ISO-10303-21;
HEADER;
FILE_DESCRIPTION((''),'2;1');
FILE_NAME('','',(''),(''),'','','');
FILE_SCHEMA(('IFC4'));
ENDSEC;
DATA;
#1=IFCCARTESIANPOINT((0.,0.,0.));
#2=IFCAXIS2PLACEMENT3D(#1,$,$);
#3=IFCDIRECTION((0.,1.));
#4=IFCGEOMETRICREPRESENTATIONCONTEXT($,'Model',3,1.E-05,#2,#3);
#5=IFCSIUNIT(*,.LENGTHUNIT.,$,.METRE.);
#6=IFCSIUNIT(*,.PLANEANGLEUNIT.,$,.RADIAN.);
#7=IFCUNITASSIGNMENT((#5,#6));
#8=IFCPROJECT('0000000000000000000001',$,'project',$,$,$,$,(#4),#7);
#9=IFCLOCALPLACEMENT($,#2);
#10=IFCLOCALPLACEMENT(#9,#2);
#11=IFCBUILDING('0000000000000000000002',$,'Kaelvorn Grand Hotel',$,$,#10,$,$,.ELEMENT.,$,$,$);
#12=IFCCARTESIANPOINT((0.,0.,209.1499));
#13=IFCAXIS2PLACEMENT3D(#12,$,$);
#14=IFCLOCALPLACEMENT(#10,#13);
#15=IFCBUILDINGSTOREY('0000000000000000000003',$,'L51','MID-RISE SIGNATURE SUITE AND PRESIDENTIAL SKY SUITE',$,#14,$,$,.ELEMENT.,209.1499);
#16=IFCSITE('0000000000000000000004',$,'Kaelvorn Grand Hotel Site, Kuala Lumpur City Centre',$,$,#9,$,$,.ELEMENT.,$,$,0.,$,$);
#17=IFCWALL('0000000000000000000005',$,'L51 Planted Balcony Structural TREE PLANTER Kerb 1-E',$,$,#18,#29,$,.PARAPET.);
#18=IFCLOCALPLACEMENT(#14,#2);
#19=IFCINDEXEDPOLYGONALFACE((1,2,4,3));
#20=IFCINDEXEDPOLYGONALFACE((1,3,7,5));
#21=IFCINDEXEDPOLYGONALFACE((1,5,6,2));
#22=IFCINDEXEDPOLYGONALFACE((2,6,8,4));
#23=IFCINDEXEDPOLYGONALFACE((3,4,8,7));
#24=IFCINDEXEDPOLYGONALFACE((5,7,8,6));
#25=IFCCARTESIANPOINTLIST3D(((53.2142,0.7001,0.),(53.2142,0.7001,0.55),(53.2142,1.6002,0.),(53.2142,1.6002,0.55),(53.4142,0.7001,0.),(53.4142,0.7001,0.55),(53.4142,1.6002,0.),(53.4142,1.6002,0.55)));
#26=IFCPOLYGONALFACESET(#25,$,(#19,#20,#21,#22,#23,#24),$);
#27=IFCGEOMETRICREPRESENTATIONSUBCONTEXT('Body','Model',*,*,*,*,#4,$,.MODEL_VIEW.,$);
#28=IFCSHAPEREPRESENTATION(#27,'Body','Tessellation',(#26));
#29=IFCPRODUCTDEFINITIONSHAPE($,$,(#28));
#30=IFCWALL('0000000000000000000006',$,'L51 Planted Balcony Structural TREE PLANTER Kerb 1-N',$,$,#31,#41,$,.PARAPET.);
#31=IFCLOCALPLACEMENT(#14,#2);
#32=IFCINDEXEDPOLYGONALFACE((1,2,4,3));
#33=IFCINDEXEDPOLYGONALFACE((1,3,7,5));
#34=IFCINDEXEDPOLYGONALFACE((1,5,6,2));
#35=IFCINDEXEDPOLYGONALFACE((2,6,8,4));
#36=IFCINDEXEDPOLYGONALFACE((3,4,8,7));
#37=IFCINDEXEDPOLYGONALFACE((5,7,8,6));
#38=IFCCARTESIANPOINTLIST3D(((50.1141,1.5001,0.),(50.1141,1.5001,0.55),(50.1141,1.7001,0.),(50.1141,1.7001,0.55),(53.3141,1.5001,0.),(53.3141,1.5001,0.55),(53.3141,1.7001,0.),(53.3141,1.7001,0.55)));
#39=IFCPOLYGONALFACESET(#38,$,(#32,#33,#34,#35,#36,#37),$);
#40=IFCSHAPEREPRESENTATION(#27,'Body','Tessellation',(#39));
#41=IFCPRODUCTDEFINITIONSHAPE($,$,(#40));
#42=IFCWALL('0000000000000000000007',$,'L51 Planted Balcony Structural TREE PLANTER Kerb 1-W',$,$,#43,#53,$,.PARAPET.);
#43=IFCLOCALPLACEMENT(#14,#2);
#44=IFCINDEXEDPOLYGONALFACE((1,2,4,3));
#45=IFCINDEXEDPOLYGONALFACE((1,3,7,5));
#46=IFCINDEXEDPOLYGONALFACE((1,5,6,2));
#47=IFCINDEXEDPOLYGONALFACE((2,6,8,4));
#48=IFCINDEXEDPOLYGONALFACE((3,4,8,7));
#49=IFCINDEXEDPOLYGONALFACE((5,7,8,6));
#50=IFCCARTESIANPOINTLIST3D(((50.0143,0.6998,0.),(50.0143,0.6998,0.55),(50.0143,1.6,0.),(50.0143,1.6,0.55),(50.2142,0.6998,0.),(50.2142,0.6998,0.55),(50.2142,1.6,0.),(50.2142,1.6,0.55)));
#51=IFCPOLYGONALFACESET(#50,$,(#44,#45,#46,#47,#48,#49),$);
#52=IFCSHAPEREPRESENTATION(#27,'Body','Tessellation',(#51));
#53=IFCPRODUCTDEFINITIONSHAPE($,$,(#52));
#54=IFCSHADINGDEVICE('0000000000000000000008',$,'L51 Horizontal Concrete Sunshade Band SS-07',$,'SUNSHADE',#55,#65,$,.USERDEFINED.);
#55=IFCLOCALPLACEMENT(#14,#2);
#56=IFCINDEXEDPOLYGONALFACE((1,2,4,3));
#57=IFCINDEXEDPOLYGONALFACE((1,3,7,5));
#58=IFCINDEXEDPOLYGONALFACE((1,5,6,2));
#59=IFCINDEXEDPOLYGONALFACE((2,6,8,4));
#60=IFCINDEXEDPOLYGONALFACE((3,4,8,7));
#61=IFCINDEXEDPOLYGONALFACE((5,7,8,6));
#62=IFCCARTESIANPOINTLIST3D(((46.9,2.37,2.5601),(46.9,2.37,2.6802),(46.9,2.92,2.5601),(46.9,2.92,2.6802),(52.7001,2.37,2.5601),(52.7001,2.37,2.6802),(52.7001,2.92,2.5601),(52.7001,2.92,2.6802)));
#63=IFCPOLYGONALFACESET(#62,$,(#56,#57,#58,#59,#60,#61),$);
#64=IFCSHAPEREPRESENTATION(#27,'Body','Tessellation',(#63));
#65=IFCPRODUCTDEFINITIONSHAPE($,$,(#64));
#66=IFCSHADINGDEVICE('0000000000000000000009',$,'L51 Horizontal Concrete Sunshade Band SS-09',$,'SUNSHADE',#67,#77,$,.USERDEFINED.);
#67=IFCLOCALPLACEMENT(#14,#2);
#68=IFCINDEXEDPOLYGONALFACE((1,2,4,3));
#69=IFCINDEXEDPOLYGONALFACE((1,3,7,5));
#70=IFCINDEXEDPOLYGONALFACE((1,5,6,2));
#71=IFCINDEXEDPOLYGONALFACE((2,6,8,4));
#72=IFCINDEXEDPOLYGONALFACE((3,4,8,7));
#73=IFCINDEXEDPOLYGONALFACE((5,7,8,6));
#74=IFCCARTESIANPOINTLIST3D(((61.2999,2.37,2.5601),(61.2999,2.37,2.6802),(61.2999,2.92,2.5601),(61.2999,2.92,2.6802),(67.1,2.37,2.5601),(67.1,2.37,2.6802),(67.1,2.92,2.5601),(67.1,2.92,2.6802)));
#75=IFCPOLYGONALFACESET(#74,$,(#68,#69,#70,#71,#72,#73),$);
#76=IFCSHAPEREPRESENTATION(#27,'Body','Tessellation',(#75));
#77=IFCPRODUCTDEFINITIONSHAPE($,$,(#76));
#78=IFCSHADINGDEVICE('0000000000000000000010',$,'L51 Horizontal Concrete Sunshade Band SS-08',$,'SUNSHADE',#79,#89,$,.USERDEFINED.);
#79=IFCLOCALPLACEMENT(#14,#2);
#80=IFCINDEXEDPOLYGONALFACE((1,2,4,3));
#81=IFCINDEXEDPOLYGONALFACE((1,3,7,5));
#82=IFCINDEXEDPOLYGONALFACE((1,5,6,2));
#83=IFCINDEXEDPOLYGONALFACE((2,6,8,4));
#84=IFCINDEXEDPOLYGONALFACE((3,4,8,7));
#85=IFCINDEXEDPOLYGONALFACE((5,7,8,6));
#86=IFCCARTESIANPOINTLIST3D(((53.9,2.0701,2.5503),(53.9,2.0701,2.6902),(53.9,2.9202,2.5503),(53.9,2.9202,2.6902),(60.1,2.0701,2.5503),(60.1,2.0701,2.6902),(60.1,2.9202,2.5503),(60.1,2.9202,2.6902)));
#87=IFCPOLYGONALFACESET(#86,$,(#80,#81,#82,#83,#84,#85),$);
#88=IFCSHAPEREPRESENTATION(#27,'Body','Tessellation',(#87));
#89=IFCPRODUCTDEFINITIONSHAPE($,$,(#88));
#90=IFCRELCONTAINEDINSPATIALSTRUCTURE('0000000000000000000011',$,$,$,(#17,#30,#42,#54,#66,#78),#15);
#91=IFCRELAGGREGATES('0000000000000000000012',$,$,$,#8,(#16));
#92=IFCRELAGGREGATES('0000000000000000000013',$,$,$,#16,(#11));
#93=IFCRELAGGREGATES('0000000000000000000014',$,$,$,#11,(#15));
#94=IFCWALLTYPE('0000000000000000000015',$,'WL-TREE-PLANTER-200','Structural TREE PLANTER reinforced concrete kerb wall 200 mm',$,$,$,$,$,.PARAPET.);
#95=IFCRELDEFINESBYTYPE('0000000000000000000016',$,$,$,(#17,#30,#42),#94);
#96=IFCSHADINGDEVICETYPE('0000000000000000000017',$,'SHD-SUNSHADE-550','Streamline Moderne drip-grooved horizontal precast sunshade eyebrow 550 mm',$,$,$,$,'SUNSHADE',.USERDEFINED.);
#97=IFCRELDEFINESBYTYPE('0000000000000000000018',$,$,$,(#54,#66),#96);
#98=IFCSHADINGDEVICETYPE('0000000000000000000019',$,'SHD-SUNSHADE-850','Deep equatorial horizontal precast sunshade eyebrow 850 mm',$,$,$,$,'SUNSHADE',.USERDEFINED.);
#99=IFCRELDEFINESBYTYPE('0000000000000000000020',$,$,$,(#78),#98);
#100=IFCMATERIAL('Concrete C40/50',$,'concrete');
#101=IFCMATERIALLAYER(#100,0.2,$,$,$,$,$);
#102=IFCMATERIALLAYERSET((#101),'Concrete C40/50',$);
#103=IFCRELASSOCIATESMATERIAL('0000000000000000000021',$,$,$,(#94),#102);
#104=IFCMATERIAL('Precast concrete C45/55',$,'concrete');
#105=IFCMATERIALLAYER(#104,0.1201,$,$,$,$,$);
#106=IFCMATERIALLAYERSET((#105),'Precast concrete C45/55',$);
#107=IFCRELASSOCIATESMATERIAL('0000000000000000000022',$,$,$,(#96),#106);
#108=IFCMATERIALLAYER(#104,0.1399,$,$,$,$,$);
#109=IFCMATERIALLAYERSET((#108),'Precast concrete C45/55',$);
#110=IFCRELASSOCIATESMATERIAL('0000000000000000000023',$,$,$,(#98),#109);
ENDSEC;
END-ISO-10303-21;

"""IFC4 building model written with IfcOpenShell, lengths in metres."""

from ifc_helpers import new_model, si_unit, direction, frame, frame_2d, origin, origin_2d, place, context, subcontext, project, spatial, rectangle, extrude, material, layer, layer_set, type_object, element, save


model = new_model("IFC4")

# Units and contexts
model_context = context("Model", 3, precision=1e-05, world=origin(), true_north=direction((0.0, 1.0)))
body_context = subcontext(model_context, "Body", "Model", "MODEL_VIEW")
ifc_project = project(units=[si_unit("LENGTHUNIT", "METRE"), si_unit("PLANEANGLEUNIT", "RADIAN")], contexts=[model_context])

# Site, building, storey
site_placement = place(None, origin())
site = spatial("IfcSite", under=ifc_project, at=site_placement, Name="Kaelvorn Grand Hotel Site, Kuala Lumpur City Centre", CompositionType="ELEMENT", RefElevation=0.0)
building_placement = place(site_placement, origin())
building = spatial("IfcBuilding", under=site, at=building_placement, Name="Kaelvorn Grand Hotel", CompositionType="ELEMENT")
storey_placement = place(building_placement, frame((0.0, 0.0, 209.1499)))
storey = spatial("IfcBuildingStorey", under=building, at=storey_placement, Name="L51", Description="MID-RISE SIGNATURE SUITE AND PRESIDENTIAL SKY SUITE", CompositionType="ELEMENT", Elevation=209.1499)

# Shared definitions
ifc_material_1 = material(Name="Concrete C40/50", Category="concrete")

# Walls
ifc_layer_1 = layer(ifc_material_1, 0.2)
ifc_layer_set_1 = layer_set([ifc_layer_1], Name="Concrete C40/50")
wall_type_1 = type_object("IfcWallType", Name="WL-TREE-PLANTER-200", Description="Structural TREE PLANTER reinforced concrete kerb wall 200 mm", PredefinedType="PARAPET", material=ifc_layer_set_1)
wall_1_placement = place(storey_placement, frame((53.3142, 0.7, 0.0), z_axis=(0.0, 0.0, 1.0), x_axis=(0.0, 1.0, 0.0)))
element("IfcWall", 1, at=wall_1_placement, inside=storey, type_object=wall_type_1, Name="L51 Planted Balcony Structural TREE PLANTER Kerb 1-E", PredefinedType="PARAPET", context=body_context, shape_type="SweptSolid", body=[
    extrude(rectangle(XDim=0.9001, YDim=0.2, at=frame_2d((0.4502, 0.0))), origin(), (0.0, 0.0, 1.0), 0.55),
])
wall_2_placement = place(storey_placement, frame((53.3142, 1.6001, 0.0), z_axis=(0.0, 0.0, 1.0), x_axis=(-1.0, 0.0, 0.0)))
element("IfcWall", 2, at=wall_2_placement, inside=storey, type_object=wall_type_1, Name="L51 Planted Balcony Structural TREE PLANTER Kerb 1-N", PredefinedType="PARAPET", context=body_context, shape_type="SweptSolid", body=[
    extrude(rectangle(XDim=3.2, YDim=0.2, at=frame_2d((1.6001, 0.0))), origin(), (0.0, 0.0, 1.0), 0.55),
])
wall_3_placement = place(storey_placement, frame((50.1143, 1.6001, 0.0), z_axis=(0.0, 0.0, 1.0), x_axis=(0.0, -1.0, 0.0)))
element("IfcWall", 3, at=wall_3_placement, inside=storey, type_object=wall_type_1, Name="L51 Planted Balcony Structural TREE PLANTER Kerb 1-W", PredefinedType="PARAPET", context=body_context, shape_type="SweptSolid", body=[
    extrude(rectangle(XDim=0.9001, YDim=0.2, at=frame_2d((0.4502, 0.0))), origin(), (0.0, 0.0, 1.0), 0.55),
])

# Shading devices
ifc_material_2 = material(Name="Precast concrete C45/55", Category="concrete")
ifc_layer_2 = layer(ifc_material_2, 0.1201)
ifc_layer_set_2 = layer_set([ifc_layer_2], Name="Precast concrete C45/55")
shading_device_type_1 = type_object("IfcShadingDeviceType", Name="SHD-SUNSHADE-550", Description="Streamline Moderne drip-grooved horizontal precast sunshade eyebrow 550 mm", ElementType="SUNSHADE", PredefinedType="USERDEFINED", material=ifc_layer_set_2)
for number, where, z_axis, x_axis, name in (
    (4, (49.8, 2.645, 2.5601), (0.0, 0.0, 1.0), (1.0, 0.0, 0.0), "L51 Horizontal Concrete Sunshade Band SS-07"),
    (5, (64.2, 2.645, 2.5601), (0.0, 0.0, 1.0), (1.0, 0.0, 0.0), "L51 Horizontal Concrete Sunshade Band SS-09"),
):
    element("IfcShadingDevice", number, at=place(storey_placement, frame(where, z_axis=z_axis, x_axis=x_axis)), inside=storey, type_object=shading_device_type_1, Name=name, ObjectType="SUNSHADE", PredefinedType="USERDEFINED", context=body_context, shape_type="SweptSolid", body=[
        extrude(rectangle(XDim=5.8, YDim=0.55, at=origin_2d()), origin(), (0.0, 0.0, 1.0), 0.1201),
    ])
ifc_layer_3 = layer(ifc_material_2, 0.1399)
ifc_layer_set_3 = layer_set([ifc_layer_3], Name="Precast concrete C45/55")
shading_device_type_2 = type_object("IfcShadingDeviceType", Name="SHD-SUNSHADE-850", Description="Deep equatorial horizontal precast sunshade eyebrow 850 mm", ElementType="SUNSHADE", PredefinedType="USERDEFINED", material=ifc_layer_set_3)
shading_device_placement = place(storey_placement, frame((57.0, 2.4951, 2.5503), z_axis=(0.0, 0.0, 1.0), x_axis=(1.0, 0.0, 0.0)))
element("IfcShadingDevice", 6, at=shading_device_placement, inside=storey, type_object=shading_device_type_2, Name="L51 Horizontal Concrete Sunshade Band SS-08", ObjectType="SUNSHADE", PredefinedType="USERDEFINED", context=body_context, shape_type="SweptSolid", body=[
    extrude(rectangle(XDim=6.2, YDim=0.8501, at=origin_2d()), origin(), (0.0, 0.0, 1.0), 0.1399),
])

save(model, "model.ifc")
